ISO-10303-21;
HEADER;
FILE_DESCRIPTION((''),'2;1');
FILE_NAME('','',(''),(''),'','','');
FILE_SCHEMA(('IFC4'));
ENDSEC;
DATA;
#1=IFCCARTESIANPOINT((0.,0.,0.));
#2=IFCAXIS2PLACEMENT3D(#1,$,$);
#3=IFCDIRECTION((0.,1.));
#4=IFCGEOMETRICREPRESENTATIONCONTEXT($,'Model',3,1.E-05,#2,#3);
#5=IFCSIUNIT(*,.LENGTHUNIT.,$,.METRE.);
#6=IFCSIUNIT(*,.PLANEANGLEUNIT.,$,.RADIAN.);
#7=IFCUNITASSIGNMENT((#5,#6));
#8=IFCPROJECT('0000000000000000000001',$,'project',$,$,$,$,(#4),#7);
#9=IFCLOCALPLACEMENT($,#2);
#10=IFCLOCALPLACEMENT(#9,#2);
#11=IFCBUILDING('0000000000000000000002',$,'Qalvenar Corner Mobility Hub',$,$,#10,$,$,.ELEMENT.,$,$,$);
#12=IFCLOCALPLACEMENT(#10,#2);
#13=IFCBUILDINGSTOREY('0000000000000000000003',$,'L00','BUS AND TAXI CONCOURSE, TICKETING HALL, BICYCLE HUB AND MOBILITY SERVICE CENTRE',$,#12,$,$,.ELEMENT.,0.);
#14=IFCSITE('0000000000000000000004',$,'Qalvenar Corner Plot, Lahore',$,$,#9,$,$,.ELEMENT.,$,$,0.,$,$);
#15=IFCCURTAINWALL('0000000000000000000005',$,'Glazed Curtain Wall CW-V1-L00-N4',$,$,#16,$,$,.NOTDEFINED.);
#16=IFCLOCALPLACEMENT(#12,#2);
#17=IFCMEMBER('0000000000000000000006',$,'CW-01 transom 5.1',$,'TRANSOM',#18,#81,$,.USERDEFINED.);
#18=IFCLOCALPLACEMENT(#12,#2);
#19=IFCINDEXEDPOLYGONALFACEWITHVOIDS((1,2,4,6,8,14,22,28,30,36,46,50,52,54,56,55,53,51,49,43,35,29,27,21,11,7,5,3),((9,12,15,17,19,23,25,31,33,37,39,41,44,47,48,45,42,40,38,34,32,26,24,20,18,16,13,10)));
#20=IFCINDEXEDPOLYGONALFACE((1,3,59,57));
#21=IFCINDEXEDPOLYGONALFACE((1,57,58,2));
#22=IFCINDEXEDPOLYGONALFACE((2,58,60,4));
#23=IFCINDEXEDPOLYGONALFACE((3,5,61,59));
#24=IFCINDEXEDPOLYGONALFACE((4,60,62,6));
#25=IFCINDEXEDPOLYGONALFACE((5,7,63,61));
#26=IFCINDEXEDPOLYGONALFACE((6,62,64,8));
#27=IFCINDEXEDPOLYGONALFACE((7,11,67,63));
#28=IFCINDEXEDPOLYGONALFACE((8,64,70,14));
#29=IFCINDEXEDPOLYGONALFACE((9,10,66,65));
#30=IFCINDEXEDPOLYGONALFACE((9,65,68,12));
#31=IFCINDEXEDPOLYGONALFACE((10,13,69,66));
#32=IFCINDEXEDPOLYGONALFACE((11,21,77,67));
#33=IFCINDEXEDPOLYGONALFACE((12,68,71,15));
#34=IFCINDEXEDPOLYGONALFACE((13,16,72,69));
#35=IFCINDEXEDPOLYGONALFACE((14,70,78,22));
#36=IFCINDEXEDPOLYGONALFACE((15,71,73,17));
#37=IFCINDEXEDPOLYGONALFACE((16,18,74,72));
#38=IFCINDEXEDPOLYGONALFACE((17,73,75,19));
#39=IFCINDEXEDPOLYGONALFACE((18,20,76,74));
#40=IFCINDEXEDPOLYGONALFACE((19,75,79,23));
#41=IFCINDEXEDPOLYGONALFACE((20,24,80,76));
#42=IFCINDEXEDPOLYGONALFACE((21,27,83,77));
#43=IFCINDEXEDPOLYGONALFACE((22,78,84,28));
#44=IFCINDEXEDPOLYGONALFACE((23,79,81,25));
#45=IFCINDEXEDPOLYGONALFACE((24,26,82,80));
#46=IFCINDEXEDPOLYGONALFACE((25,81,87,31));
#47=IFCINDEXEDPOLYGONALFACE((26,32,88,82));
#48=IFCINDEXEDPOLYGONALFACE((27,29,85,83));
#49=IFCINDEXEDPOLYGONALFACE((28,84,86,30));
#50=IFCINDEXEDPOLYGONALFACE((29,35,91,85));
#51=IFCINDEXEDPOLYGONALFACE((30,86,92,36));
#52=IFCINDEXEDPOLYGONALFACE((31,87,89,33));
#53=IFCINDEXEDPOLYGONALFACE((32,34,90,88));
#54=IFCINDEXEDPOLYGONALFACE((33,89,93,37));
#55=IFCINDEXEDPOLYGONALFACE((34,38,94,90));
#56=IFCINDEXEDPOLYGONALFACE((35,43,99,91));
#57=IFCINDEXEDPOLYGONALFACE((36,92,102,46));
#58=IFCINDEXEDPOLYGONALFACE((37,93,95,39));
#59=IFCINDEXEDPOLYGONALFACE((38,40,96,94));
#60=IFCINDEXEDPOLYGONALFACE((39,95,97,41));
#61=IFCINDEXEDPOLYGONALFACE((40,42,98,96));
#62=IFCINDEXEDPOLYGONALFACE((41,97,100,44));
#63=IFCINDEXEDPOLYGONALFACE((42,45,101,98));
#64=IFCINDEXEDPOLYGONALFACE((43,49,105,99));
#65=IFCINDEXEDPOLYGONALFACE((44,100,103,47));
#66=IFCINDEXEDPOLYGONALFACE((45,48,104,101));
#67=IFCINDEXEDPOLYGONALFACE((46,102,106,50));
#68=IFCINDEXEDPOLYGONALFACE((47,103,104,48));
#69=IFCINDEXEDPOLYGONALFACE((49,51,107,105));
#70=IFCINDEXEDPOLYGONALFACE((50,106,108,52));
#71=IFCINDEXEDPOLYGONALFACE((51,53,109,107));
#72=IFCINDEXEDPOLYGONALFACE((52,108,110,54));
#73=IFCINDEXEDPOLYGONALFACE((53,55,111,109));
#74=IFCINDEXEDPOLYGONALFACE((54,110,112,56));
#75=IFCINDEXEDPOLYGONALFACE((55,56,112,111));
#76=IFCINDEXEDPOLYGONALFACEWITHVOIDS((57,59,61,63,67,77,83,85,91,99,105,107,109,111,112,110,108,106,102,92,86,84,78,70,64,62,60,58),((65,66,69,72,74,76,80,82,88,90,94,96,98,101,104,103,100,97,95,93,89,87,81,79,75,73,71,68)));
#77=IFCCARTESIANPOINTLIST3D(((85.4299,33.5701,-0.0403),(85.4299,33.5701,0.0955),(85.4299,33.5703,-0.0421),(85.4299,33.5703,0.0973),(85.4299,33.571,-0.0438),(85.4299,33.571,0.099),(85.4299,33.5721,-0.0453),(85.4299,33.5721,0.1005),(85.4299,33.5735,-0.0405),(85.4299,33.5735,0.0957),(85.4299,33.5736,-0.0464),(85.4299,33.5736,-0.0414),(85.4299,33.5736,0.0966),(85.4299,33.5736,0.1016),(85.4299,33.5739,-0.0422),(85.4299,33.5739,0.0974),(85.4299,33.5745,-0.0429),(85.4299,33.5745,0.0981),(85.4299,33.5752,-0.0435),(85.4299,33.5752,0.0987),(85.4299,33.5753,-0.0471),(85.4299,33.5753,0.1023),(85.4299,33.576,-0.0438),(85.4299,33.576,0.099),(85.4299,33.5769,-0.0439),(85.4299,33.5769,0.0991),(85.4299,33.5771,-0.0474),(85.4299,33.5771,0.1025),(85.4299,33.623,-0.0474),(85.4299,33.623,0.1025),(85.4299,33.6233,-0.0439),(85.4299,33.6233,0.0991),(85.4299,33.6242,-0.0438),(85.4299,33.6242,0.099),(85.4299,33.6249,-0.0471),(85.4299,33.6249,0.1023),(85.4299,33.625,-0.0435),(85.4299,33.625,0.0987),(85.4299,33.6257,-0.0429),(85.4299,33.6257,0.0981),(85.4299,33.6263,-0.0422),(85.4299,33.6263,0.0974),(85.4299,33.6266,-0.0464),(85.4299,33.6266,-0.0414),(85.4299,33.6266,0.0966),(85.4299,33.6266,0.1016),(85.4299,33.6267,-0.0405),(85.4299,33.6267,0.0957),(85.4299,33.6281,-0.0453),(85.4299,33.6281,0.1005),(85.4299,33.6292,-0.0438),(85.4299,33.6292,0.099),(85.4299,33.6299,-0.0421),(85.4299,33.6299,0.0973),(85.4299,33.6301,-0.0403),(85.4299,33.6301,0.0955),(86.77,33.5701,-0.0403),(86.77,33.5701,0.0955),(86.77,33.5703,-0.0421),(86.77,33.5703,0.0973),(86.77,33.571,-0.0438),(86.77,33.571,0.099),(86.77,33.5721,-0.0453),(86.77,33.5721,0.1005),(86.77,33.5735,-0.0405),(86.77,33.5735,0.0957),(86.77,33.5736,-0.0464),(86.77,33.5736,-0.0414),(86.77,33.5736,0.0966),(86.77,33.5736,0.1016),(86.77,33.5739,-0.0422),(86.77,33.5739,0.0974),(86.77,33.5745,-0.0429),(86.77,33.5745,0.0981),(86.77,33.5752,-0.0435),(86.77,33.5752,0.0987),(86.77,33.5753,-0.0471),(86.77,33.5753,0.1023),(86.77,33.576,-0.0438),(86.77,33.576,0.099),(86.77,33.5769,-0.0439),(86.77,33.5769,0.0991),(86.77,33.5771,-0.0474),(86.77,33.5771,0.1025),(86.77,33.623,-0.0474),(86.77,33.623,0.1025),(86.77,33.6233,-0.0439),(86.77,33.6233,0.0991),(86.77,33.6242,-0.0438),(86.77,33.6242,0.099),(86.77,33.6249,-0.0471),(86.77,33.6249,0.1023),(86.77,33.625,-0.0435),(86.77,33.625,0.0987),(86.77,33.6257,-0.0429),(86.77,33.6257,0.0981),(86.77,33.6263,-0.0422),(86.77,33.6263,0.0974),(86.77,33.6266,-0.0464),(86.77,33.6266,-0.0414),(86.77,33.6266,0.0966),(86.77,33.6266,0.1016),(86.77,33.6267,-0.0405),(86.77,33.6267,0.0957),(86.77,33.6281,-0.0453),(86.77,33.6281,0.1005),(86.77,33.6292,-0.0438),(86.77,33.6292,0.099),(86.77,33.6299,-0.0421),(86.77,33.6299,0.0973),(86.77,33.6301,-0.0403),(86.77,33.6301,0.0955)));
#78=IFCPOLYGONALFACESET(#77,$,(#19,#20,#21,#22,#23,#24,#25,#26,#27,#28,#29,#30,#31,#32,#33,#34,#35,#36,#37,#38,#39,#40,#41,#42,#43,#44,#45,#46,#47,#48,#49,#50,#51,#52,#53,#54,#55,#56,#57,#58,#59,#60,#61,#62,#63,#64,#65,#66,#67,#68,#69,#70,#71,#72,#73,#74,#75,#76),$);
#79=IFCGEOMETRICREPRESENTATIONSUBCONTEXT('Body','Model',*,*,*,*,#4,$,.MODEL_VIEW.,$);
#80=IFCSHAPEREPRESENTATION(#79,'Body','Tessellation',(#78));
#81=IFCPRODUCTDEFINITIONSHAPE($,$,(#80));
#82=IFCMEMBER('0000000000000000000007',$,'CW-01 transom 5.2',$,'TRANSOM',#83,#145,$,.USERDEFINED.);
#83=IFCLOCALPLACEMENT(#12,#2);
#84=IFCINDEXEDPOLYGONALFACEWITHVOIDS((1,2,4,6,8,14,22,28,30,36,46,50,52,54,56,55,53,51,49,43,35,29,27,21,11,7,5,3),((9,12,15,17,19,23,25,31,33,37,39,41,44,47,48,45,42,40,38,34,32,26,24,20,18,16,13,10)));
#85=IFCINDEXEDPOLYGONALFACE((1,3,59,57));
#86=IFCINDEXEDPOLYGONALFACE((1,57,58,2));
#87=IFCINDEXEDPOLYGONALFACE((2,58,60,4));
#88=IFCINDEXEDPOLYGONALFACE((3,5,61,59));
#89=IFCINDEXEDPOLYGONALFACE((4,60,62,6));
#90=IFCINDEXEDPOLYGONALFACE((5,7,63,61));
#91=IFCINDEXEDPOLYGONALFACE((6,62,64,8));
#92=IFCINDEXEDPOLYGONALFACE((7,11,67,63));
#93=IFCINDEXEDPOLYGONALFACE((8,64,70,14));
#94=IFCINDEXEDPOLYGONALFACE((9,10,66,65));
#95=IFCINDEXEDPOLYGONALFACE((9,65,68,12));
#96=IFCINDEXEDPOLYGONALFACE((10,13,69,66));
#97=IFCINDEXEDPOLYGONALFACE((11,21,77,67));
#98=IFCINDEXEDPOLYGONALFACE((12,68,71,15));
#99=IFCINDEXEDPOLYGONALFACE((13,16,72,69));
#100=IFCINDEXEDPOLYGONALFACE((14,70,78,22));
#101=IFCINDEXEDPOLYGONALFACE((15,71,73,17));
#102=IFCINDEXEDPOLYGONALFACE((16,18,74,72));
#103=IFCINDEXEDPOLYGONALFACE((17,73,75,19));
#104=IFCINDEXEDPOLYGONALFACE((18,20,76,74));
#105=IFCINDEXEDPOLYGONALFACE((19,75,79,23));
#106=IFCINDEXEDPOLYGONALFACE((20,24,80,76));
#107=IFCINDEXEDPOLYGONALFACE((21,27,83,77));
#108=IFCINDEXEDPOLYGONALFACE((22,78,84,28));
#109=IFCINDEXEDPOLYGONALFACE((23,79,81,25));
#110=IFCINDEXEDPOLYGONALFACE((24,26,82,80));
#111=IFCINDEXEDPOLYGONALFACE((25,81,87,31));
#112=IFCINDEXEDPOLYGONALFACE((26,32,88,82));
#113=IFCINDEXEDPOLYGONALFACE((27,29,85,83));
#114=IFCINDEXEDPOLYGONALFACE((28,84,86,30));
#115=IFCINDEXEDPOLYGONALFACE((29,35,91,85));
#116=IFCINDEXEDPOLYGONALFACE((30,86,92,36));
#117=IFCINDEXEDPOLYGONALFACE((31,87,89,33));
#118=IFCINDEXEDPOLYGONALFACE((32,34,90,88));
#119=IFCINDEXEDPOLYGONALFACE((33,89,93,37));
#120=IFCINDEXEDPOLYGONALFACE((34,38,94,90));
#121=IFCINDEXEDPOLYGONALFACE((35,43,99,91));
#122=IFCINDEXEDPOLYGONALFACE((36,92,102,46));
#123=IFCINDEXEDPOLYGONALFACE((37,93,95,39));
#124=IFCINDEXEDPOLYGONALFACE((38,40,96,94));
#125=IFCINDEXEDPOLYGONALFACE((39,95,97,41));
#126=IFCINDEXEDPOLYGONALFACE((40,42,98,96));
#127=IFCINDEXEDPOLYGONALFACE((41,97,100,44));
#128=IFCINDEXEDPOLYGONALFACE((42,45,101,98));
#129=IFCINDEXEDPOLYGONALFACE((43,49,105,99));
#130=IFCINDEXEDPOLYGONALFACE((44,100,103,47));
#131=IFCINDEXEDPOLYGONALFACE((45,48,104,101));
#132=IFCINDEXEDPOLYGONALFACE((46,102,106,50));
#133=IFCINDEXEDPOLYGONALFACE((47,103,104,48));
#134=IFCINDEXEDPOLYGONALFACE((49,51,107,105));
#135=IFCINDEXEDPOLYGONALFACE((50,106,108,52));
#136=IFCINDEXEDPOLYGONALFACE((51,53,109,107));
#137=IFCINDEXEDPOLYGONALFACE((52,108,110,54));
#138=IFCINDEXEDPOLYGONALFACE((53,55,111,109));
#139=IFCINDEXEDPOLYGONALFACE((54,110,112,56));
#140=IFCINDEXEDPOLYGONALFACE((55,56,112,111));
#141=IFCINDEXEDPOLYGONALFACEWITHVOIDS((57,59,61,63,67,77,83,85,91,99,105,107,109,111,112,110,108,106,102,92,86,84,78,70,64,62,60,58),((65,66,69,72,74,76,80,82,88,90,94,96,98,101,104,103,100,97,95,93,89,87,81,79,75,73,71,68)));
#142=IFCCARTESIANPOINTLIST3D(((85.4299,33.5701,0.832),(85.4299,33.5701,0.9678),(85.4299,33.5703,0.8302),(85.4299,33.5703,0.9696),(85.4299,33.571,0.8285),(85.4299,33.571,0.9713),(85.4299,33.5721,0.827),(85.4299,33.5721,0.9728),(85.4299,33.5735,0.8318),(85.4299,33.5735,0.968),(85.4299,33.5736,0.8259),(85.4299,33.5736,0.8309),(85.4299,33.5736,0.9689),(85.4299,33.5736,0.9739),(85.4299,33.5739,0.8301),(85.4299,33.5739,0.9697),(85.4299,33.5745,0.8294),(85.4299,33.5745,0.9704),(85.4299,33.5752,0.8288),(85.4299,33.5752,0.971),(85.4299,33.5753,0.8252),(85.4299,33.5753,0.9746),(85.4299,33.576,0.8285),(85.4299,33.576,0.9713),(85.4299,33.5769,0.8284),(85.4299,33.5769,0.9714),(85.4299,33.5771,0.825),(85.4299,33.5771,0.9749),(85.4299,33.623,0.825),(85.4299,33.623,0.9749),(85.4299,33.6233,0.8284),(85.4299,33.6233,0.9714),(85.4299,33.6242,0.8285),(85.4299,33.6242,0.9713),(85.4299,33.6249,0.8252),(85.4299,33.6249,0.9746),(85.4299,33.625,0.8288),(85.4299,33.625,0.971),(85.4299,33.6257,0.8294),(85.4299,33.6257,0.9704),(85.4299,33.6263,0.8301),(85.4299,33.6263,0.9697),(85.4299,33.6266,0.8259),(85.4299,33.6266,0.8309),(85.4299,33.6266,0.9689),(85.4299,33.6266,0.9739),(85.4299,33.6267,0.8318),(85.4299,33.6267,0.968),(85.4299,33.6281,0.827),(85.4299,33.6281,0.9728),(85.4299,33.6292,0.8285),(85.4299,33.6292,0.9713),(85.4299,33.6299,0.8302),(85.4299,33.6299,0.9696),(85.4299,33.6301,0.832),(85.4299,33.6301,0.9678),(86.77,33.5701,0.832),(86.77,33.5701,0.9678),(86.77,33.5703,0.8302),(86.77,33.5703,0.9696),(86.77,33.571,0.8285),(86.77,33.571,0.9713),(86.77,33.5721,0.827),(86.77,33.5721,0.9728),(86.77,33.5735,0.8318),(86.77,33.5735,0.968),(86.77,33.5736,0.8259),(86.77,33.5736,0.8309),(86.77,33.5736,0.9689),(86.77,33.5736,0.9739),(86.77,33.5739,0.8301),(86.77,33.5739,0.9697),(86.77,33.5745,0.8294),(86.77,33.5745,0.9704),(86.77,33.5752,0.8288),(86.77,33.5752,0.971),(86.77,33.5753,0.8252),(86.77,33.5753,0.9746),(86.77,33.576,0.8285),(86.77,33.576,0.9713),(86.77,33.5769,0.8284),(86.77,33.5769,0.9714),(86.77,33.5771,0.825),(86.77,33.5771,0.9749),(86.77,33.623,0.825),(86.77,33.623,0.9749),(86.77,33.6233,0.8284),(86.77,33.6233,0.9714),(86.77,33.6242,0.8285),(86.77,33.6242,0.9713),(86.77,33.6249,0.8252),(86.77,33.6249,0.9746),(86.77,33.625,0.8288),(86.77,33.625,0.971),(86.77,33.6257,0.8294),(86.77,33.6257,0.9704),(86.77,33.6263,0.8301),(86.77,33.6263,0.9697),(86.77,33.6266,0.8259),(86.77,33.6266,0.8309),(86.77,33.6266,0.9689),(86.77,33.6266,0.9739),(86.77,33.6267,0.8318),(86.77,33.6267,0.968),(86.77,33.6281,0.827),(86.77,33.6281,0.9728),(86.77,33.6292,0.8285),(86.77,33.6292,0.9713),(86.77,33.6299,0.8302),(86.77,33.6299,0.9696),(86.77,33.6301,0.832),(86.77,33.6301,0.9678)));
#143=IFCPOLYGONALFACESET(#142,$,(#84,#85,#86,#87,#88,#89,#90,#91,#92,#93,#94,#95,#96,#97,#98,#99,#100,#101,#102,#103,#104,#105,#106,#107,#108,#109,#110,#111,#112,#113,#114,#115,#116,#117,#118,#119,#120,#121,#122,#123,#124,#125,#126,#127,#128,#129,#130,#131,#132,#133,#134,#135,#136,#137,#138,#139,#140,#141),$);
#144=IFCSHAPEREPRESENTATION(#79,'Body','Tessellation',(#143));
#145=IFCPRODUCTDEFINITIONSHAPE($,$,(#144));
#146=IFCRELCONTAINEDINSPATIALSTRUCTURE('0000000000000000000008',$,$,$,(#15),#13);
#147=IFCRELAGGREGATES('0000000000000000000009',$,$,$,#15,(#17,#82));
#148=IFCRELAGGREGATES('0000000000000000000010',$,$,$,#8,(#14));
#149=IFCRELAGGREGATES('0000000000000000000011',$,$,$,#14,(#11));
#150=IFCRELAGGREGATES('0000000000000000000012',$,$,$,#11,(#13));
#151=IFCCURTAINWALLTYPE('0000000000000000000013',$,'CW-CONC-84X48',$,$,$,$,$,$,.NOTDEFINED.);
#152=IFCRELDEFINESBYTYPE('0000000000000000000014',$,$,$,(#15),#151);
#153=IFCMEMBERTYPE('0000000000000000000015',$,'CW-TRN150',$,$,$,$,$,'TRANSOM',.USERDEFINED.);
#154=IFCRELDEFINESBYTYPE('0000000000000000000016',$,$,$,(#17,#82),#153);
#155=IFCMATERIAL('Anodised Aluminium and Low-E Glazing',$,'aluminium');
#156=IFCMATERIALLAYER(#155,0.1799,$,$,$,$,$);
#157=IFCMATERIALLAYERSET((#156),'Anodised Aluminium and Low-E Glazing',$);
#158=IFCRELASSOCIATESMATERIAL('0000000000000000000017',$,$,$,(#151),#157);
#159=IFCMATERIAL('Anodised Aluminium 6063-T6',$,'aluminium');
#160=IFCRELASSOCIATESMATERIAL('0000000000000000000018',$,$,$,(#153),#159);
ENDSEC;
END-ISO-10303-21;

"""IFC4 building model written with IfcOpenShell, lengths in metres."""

from ifc_helpers import new_model, si_unit, direction, frame, origin, origin_2d, place, context, subcontext, project, spatial, hollow_rectangle, extrude, material, layer, layer_set, material_profile, profile_set, type_object, element, aggregate, save


model = new_model("IFC4")

# Units and contexts
model_context = context("Model", 3, precision=1e-05, world=origin(), true_north=direction((0.0, 1.0)))
body_context = subcontext(model_context, "Body", "Model", "MODEL_VIEW")
ifc_project = project(units=[si_unit("LENGTHUNIT", "METRE"), si_unit("PLANEANGLEUNIT", "RADIAN")], contexts=[model_context])

# Site, building, storey
site_placement = place(None, origin())
site = spatial("IfcSite", under=ifc_project, at=site_placement, Name="Qalvenar Corner Plot, Lahore", CompositionType="ELEMENT", RefElevation=0.0)
building_placement = place(site_placement, origin())
building = spatial("IfcBuilding", under=site, at=building_placement, Name="Qalvenar Corner Mobility Hub", CompositionType="ELEMENT")
storey_placement = place(building_placement, origin())
storey = spatial("IfcBuildingStorey", under=building, at=storey_placement, Name="L00", Description="BUS AND TAXI CONCOURSE, TICKETING HALL, BICYCLE HUB AND MOBILITY SERVICE CENTRE", CompositionType="ELEMENT", Elevation=0.0)

# Curtain wall, members
ifc_material_1 = material(Name="Anodised Aluminium and Low-E Glazing", Category="aluminium")
ifc_layer_1 = layer(ifc_material_1, 0.1799)
ifc_layer_set_1 = layer_set([ifc_layer_1], Name="Anodised Aluminium and Low-E Glazing")
curtain_wall_type = type_object("IfcCurtainWallType", Name="CW-CONC-84X48", PredefinedType="NOTDEFINED", material=ifc_layer_set_1)
curtain_wall_placement = place(storey_placement, origin())
curtain_wall = element("IfcCurtainWall", 1, at=curtain_wall_placement, inside=storey, type_object=curtain_wall_type, Name="Glazed Curtain Wall CW-V1-L00-N4", PredefinedType="NOTDEFINED")
ifc_material_2 = material(Name="Anodised Aluminium 6063-T6", Category="aluminium")
ifc_material_profile_1 = material_profile(ifc_material_2, hollow_rectangle(XDim=0.0601, YDim=0.1499, WallThickness=0.0034, InnerFilletRadius=0.0034, OuterFilletRadius=0.0071, at=origin_2d()), Name="RHS150x60x3.5")
ifc_profile_set_1 = profile_set([ifc_material_profile_1], Name="Anodised Aluminium 6063-T6")
member_type_1 = type_object("IfcMemberType", Name="CW-TRN150", ElementType="TRANSOM", PredefinedType="USERDEFINED", material=ifc_profile_set_1)
member_1_placement = place(storey_placement, frame((86.77, 33.6001, 0.0276), z_axis=(-1.0, 0.0, 0.0), x_axis=(0.0, -1.0, 0.0)))
member_1 = element("IfcMember", 2, at=member_1_placement, type_object=member_type_1, Name="CW-01 transom 5.1", ObjectType="TRANSOM", PredefinedType="USERDEFINED", context=body_context, shape_type="SweptSolid", body=[
    extrude(hollow_rectangle(XDim=0.0601, YDim=0.1499, WallThickness=0.0034, InnerFilletRadius=0.0034, OuterFilletRadius=0.0071, at=origin_2d()), origin(), (0.0, 0.0, 1.0), 1.3401),
])
member_2_placement = place(storey_placement, frame((86.77, 33.6001, 0.8999), z_axis=(-1.0, 0.0, 0.0), x_axis=(0.0, -1.0, 0.0)))
member_2 = element("IfcMember", 3, at=member_2_placement, type_object=member_type_1, Name="CW-01 transom 5.2", ObjectType="TRANSOM", PredefinedType="USERDEFINED", context=body_context, shape_type="SweptSolid", body=[
    extrude(hollow_rectangle(XDim=0.0601, YDim=0.1499, WallThickness=0.0034, InnerFilletRadius=0.0034, OuterFilletRadius=0.0071, at=origin_2d()), origin(), (0.0, 0.0, 1.0), 1.3401),
])
aggregate(curtain_wall, [member_1, member_2])

save(model, "model.ifc")
